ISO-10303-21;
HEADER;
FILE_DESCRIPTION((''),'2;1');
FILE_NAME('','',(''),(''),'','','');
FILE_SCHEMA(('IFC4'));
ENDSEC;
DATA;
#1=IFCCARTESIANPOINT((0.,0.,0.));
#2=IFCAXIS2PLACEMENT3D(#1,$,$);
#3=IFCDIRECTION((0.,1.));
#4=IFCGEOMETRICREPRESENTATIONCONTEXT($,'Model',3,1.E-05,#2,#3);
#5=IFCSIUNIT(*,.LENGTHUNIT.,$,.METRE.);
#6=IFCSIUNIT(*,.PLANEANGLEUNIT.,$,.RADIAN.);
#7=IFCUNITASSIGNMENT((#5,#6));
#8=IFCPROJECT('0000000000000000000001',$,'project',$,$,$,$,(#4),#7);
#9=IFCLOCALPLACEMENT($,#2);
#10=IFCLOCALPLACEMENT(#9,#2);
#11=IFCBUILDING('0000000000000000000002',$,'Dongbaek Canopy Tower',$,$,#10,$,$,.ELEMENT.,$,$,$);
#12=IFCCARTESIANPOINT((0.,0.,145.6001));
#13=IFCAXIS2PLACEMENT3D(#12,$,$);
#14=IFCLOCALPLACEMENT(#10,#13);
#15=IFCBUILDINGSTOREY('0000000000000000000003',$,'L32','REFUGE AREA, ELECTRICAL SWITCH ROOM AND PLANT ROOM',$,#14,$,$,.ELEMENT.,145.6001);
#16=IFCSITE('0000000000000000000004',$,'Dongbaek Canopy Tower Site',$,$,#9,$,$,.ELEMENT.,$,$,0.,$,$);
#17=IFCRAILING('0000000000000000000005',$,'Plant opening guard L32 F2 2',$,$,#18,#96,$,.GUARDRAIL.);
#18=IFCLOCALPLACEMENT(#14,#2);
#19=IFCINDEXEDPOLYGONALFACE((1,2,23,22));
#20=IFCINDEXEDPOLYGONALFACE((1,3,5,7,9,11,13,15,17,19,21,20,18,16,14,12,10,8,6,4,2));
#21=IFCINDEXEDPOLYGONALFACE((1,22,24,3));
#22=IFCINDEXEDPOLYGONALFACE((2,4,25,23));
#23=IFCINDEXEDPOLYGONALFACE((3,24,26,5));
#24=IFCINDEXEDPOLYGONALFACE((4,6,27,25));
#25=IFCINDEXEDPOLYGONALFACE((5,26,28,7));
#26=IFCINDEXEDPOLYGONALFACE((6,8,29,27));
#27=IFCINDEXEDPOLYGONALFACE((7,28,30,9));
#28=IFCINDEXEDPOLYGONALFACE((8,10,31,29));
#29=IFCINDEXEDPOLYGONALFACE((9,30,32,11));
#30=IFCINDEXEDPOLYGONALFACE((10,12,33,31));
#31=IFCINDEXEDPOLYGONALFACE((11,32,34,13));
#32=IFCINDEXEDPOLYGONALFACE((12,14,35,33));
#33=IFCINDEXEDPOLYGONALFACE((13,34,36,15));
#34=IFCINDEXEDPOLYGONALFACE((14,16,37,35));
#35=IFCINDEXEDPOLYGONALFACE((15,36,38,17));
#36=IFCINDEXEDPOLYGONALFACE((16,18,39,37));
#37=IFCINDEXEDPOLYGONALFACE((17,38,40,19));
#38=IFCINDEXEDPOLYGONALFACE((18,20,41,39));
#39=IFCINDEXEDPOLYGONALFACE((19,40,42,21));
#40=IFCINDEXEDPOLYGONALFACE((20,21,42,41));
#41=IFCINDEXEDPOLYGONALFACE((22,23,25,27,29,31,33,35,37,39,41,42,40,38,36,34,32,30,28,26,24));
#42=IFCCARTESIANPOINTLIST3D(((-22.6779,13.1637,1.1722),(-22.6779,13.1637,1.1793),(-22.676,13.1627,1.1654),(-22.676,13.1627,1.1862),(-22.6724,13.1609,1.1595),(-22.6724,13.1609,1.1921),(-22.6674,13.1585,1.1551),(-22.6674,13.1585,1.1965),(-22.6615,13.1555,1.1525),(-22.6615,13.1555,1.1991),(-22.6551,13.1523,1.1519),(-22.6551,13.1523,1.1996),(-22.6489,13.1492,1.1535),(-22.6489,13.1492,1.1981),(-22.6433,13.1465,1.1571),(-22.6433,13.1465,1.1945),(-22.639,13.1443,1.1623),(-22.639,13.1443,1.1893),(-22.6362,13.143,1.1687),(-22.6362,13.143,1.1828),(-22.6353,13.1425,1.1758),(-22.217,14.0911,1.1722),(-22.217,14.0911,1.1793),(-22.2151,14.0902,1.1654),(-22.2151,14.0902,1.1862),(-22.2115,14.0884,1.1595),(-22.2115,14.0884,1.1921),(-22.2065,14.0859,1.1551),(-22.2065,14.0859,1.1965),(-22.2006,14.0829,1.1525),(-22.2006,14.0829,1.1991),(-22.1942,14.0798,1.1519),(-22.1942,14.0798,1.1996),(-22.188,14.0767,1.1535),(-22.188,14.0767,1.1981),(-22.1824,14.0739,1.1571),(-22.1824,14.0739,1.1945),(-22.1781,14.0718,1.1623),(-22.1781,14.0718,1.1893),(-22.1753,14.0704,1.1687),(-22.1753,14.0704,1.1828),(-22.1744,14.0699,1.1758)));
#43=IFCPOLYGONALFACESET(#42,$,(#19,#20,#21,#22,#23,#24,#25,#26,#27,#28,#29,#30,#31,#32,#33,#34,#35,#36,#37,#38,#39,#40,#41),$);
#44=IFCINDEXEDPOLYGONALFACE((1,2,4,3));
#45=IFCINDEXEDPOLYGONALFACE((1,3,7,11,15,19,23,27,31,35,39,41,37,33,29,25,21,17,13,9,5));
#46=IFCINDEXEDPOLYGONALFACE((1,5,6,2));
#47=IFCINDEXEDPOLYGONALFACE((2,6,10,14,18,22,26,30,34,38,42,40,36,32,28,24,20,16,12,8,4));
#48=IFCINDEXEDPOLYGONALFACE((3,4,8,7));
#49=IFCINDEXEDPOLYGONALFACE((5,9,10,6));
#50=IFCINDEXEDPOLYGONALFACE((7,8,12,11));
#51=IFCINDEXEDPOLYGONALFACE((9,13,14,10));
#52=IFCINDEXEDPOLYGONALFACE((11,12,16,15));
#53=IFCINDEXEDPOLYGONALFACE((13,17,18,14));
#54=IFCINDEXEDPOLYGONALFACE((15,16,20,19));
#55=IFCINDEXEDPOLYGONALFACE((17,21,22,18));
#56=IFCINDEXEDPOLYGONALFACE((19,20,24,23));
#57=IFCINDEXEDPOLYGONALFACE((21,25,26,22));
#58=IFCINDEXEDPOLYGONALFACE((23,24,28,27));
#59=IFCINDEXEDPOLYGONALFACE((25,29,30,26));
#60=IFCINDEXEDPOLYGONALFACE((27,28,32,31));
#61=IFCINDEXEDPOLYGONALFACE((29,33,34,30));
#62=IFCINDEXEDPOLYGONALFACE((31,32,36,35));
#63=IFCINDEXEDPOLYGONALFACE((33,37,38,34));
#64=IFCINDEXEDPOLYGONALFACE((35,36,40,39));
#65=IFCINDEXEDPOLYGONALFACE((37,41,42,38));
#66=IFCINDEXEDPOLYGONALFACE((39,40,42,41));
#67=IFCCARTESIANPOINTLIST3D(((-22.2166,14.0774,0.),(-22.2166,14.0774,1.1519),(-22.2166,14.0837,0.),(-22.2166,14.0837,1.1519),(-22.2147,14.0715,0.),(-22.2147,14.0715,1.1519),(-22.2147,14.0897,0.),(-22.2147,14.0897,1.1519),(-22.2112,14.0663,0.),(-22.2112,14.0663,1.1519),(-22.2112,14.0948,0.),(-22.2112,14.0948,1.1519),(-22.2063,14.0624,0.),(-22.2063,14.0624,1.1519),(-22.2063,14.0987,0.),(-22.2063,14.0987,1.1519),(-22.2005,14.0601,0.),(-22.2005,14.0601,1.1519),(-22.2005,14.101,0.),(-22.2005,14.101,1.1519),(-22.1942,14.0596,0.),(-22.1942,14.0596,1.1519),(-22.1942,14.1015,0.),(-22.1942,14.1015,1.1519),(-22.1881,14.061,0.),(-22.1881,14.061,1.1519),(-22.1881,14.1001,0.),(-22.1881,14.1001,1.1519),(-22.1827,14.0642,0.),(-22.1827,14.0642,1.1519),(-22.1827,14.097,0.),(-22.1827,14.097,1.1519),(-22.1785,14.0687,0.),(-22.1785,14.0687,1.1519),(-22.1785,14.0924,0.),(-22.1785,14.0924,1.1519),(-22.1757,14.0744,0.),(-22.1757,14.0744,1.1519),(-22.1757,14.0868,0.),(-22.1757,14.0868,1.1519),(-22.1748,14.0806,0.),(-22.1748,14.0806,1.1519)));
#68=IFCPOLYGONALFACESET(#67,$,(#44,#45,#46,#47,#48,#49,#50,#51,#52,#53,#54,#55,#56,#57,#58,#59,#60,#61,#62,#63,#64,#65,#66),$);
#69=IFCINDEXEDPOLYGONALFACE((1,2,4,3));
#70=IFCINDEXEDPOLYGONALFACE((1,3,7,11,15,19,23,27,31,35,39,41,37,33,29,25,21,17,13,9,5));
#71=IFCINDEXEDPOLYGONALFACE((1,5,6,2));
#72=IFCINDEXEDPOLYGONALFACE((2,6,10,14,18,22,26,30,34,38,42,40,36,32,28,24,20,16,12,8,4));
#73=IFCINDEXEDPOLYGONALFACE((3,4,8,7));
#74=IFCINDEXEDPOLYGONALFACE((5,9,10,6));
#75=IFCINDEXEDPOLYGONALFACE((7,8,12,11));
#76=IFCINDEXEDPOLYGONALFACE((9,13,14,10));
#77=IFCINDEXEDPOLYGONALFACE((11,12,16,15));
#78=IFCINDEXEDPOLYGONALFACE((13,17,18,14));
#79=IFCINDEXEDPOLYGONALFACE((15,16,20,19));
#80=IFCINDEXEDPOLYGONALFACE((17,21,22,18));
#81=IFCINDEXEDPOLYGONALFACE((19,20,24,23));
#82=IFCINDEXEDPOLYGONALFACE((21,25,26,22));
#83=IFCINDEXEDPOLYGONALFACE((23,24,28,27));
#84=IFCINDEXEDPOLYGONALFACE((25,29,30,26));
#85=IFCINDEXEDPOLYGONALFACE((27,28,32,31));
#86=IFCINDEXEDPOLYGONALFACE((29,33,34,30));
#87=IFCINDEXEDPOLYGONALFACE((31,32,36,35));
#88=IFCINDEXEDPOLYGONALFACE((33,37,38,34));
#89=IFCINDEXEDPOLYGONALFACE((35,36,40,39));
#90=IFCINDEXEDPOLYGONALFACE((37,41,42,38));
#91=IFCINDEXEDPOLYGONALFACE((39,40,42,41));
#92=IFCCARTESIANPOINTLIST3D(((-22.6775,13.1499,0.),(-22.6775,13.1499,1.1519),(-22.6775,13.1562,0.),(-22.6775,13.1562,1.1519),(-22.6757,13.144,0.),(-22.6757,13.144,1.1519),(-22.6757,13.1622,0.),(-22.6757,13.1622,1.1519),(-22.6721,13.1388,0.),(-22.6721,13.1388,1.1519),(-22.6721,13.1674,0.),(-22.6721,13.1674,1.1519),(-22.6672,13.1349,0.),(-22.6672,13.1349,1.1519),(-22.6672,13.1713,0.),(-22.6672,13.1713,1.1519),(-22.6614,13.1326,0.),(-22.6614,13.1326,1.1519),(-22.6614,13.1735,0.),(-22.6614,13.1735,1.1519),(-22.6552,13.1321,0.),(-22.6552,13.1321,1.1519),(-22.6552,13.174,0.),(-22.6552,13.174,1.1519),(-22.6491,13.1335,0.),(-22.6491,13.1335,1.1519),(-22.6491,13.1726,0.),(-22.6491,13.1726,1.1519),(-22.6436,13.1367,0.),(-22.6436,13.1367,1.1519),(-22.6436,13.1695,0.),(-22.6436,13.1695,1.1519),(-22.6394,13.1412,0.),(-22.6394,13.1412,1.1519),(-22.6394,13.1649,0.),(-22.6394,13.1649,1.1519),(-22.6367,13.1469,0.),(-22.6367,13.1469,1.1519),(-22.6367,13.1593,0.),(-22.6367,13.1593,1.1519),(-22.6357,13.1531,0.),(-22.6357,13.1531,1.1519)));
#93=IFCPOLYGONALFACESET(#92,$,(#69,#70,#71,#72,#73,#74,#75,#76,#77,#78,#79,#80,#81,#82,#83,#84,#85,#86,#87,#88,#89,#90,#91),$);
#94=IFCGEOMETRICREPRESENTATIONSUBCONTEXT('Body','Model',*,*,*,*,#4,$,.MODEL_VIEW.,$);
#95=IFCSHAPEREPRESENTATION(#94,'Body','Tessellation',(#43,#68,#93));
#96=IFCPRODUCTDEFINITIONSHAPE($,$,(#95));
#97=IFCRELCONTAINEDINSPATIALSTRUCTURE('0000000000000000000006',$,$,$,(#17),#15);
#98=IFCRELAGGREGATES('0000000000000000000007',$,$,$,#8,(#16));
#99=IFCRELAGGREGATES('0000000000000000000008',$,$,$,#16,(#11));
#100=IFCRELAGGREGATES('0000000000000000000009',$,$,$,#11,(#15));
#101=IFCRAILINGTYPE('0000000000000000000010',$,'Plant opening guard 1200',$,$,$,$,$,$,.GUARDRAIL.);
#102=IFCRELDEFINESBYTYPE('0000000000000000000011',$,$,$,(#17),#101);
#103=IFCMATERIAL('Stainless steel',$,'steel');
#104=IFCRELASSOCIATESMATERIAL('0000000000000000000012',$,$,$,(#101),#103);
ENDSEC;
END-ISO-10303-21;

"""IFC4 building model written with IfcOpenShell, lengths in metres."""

from ifc_helpers import new_model, si_unit, direction, frame, origin, origin_2d, place, context, subcontext, project, spatial, circle, extrude, material, type_object, element, save


model = new_model("IFC4")

# Units and contexts
model_context = context("Model", 3, precision=1e-05, world=origin(), true_north=direction((0.0, 1.0)))
body_context = subcontext(model_context, "Body", "Model", "MODEL_VIEW")
ifc_project = project(units=[si_unit("LENGTHUNIT", "METRE"), si_unit("PLANEANGLEUNIT", "RADIAN")], contexts=[model_context])

# Site, building, storey
site_placement = place(None, origin())
site = spatial("IfcSite", under=ifc_project, at=site_placement, Name="Dongbaek Canopy Tower Site", CompositionType="ELEMENT", RefElevation=0.0)
building_placement = place(site_placement, origin())
building = spatial("IfcBuilding", under=site, at=building_placement, Name="Dongbaek Canopy Tower", CompositionType="ELEMENT")
storey_placement = place(building_placement, frame((0.0, 0.0, 145.6001)))
storey = spatial("IfcBuildingStorey", under=building, at=storey_placement, Name="L32", Description="REFUGE AREA, ELECTRICAL SWITCH ROOM AND PLANT ROOM", CompositionType="ELEMENT", Elevation=145.6001)

# Railing
ifc_material_1 = material(Name="Stainless steel", Category="steel")
railing_type = type_object("IfcRailingType", Name="Plant opening guard 1200", PredefinedType="GUARDRAIL", material=ifc_material_1)
railing_placement = place(storey_placement, frame((-22.1958, 14.0806, 0.0)))
element("IfcRailing", 1, at=railing_placement, inside=storey, type_object=railing_type, Name="Plant opening guard L32 F2 2", PredefinedType="GUARDRAIL", context=body_context, shape_type="SweptSolid", body=[
    extrude(circle(Radius=0.0239, at=origin_2d()), frame((0.0, 0.0, 1.1758), z_axis=(-0.445044, -0.895509, 0.0), x_axis=(0.895509, -0.445044, 0.0)), (0.0, 0.0, 1.0), 1.0356),
    extrude(circle(Radius=0.021, at=origin_2d()), origin(), (0.0, 0.0, 1.0), 1.1519),
    extrude(circle(Radius=0.021, at=origin_2d()), frame((-0.4609, -0.9275, 0.0)), (0.0, 0.0, 1.0), 1.1519),
])

save(model, "model.ifc")
